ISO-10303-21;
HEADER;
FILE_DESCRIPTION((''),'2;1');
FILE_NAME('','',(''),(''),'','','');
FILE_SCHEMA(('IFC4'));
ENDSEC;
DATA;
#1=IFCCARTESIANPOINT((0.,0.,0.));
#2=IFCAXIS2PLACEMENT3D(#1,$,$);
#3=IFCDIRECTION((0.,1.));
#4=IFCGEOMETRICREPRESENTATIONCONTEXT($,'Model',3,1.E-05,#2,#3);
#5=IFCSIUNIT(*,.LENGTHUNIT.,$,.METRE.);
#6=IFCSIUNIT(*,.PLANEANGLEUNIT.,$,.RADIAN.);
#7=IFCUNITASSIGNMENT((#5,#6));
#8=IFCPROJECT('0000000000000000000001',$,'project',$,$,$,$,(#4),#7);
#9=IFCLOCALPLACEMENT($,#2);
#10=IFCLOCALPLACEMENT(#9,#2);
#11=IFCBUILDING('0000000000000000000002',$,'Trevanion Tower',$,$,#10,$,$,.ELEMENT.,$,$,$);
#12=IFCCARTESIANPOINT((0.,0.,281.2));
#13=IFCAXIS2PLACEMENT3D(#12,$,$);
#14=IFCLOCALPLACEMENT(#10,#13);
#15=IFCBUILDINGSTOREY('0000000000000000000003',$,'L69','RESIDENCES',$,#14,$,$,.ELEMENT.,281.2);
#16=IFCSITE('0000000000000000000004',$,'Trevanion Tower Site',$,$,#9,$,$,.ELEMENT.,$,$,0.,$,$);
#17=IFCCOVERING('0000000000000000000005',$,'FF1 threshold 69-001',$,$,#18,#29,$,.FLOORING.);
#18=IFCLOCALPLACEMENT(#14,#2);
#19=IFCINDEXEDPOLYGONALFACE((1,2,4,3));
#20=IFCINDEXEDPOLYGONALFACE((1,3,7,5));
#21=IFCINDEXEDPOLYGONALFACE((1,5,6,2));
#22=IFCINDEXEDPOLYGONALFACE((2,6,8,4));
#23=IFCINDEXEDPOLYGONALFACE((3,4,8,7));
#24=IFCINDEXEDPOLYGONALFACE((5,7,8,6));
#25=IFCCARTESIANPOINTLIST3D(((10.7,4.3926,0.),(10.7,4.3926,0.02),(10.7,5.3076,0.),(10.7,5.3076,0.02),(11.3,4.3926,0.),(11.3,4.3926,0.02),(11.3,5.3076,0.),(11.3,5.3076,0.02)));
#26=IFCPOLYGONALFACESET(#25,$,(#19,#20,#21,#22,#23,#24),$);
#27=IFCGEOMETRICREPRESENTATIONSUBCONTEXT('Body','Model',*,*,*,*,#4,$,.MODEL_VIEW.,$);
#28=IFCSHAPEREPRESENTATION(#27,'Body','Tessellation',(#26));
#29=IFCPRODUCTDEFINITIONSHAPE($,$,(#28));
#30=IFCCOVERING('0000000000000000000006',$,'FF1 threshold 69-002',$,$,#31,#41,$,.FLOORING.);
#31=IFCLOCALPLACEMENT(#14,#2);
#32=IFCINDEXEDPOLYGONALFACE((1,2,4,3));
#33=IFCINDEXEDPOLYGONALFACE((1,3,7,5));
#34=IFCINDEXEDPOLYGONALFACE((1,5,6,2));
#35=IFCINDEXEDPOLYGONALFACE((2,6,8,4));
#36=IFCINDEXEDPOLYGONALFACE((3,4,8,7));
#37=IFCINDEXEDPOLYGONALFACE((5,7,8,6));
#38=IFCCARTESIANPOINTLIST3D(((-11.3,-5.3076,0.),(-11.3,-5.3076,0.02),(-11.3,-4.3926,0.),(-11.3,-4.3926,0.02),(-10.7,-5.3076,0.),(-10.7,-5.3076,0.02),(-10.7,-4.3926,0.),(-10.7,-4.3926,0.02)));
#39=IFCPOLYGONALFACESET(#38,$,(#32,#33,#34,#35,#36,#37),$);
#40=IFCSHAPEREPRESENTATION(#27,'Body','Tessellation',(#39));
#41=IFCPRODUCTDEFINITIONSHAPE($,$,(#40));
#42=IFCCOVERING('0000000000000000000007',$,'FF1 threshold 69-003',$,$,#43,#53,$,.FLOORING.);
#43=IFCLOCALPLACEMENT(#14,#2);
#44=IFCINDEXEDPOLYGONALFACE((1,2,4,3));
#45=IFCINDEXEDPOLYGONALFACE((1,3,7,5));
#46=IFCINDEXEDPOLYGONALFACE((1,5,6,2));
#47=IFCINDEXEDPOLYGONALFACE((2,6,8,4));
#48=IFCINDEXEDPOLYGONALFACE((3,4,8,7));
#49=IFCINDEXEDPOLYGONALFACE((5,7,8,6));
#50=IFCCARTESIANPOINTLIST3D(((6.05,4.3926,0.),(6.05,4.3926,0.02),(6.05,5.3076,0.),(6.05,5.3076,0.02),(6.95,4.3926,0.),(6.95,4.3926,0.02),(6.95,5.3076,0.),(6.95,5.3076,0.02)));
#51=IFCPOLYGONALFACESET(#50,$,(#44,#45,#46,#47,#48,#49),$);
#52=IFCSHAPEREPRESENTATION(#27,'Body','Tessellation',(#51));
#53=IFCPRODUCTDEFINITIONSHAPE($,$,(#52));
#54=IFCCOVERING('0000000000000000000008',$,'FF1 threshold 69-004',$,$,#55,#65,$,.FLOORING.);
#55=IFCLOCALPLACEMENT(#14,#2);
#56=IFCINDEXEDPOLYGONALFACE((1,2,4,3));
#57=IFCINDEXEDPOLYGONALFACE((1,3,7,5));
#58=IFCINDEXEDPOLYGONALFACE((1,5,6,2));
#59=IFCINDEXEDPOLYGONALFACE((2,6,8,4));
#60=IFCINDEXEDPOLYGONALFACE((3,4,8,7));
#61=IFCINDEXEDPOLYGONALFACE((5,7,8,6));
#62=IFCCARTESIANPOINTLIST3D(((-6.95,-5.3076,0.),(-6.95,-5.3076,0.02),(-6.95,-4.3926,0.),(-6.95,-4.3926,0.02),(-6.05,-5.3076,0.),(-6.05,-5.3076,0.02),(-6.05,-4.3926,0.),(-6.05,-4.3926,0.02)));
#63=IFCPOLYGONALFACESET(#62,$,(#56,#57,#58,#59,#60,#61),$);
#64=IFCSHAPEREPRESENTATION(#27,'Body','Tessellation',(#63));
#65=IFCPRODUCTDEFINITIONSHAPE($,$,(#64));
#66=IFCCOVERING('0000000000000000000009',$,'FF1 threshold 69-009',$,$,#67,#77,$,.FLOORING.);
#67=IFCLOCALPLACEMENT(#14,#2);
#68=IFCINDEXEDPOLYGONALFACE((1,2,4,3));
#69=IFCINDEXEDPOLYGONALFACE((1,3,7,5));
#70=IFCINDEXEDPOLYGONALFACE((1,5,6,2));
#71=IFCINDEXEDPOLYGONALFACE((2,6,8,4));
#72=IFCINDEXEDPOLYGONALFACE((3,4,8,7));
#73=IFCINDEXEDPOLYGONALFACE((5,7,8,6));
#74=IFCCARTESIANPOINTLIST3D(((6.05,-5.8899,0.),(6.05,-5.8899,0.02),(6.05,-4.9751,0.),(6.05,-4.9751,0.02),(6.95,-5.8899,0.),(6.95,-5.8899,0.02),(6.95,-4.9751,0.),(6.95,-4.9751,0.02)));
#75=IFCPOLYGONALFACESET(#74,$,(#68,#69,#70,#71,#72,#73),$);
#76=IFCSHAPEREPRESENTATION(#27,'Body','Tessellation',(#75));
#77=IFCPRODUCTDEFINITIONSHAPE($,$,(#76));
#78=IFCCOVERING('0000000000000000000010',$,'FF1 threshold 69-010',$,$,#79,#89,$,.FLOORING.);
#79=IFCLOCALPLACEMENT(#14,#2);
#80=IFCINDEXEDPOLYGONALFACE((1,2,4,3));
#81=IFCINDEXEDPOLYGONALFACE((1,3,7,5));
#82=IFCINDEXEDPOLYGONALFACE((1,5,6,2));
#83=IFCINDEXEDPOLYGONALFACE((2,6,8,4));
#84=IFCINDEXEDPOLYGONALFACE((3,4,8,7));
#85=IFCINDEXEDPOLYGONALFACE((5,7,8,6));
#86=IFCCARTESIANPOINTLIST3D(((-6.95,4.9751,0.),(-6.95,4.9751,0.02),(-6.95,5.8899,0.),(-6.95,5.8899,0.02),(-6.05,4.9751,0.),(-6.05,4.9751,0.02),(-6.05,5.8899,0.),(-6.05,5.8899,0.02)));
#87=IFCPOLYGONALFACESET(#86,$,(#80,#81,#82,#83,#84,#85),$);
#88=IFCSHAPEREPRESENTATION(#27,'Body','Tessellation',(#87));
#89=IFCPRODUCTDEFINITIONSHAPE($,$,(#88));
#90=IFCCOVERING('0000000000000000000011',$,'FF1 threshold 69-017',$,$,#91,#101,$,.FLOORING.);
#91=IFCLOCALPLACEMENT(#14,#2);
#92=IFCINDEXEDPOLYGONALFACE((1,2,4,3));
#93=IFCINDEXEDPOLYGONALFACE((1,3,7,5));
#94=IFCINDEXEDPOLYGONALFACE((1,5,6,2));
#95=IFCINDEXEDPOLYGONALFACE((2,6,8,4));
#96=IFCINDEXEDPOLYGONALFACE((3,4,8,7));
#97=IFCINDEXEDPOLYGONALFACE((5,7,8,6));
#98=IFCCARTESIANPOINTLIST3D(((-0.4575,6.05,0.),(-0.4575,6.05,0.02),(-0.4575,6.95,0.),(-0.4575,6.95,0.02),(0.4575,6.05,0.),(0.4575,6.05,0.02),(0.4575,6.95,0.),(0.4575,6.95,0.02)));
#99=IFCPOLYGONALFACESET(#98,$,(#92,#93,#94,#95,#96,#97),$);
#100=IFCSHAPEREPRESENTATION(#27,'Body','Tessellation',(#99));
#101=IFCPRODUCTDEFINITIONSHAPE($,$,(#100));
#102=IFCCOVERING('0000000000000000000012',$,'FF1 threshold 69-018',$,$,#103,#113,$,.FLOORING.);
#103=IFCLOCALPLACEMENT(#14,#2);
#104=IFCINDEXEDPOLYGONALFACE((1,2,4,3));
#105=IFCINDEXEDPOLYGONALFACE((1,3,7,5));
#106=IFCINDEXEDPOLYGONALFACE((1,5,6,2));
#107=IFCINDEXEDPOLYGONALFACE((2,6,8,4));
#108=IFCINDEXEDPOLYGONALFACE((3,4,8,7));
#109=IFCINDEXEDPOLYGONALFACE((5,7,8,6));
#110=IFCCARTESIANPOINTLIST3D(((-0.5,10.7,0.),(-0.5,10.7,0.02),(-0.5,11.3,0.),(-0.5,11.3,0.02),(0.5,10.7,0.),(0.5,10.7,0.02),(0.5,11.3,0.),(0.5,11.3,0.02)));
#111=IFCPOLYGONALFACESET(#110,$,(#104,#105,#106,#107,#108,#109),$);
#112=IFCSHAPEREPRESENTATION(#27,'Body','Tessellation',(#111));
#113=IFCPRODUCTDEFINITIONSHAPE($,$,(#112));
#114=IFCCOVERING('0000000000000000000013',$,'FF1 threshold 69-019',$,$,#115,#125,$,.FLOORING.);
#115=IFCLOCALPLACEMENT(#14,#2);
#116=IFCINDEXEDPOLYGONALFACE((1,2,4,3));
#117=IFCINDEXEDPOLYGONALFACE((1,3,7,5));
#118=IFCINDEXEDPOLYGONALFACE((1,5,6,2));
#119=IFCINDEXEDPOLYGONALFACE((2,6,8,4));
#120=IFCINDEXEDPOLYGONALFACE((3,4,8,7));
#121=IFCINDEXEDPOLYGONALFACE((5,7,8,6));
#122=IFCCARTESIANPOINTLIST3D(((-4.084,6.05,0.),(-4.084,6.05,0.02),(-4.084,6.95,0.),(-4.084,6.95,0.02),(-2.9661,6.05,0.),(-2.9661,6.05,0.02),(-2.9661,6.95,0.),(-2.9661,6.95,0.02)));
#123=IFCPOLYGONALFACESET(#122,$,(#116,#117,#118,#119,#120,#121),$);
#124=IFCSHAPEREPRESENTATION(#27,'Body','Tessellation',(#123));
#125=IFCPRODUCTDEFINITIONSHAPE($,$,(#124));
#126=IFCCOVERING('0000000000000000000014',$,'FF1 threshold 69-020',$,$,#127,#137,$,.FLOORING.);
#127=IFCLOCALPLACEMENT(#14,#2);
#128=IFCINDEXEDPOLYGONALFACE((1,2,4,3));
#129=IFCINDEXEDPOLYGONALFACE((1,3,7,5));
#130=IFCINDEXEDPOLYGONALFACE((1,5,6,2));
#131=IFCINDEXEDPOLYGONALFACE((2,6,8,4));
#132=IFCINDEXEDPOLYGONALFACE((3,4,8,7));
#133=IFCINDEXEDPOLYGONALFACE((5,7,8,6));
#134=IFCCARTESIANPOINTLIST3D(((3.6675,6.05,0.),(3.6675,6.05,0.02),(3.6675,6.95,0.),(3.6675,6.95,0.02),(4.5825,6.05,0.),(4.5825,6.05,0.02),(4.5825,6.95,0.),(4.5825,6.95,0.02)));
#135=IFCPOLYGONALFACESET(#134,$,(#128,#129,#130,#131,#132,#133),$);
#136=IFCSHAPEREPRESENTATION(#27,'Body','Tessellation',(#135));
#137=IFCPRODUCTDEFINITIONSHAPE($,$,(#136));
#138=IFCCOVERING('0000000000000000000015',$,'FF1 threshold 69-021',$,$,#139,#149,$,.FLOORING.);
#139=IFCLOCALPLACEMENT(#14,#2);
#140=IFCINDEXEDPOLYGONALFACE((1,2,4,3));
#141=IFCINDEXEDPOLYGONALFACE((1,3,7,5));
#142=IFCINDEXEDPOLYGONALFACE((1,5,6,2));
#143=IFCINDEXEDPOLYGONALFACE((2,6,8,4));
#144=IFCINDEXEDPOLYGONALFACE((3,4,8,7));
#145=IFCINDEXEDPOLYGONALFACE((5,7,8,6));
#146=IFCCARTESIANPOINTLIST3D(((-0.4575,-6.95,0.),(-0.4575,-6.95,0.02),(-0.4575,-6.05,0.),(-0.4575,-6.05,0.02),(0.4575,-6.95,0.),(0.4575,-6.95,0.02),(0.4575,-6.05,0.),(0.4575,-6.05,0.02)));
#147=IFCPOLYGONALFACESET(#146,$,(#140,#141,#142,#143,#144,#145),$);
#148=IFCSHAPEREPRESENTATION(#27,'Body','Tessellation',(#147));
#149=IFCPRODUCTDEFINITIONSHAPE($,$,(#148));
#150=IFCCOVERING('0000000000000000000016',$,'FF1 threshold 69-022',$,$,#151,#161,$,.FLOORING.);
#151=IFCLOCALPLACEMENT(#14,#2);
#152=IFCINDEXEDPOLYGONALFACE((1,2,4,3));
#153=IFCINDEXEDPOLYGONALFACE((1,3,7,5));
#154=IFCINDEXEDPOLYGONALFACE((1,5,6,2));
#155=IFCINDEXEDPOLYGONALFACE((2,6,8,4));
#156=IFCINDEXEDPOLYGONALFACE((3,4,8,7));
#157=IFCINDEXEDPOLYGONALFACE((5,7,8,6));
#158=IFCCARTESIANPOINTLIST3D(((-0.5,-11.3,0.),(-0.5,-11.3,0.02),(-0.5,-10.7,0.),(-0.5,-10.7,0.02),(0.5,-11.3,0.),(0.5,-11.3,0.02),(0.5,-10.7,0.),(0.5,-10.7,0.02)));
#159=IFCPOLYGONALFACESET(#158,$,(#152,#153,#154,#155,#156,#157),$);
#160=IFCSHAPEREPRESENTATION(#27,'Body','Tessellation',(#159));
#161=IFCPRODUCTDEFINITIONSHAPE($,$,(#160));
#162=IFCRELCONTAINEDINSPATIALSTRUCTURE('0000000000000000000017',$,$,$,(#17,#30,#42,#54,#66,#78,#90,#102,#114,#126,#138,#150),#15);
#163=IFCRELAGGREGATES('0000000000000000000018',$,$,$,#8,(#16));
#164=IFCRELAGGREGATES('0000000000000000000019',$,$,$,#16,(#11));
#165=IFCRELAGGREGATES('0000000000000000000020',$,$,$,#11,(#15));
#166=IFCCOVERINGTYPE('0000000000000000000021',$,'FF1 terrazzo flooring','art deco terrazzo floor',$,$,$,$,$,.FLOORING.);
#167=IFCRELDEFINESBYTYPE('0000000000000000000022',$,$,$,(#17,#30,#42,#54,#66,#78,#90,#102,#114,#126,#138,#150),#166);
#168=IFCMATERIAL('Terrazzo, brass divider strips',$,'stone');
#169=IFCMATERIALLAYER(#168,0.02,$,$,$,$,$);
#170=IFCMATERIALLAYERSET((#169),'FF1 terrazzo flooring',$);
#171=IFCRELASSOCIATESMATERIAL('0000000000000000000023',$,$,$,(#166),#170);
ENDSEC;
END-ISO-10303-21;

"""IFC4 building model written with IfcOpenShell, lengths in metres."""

from ifc_helpers import new_model, si_unit, direction, frame, origin, place, context, subcontext, project, spatial, polyline, outline, extrude, material, layer, layer_set, type_object, element, save


model = new_model("IFC4")

# Units and contexts
model_context = context("Model", 3, precision=1e-05, world=origin(), true_north=direction((0.0, 1.0)))
body_context = subcontext(model_context, "Body", "Model", "MODEL_VIEW")
ifc_project = project(units=[si_unit("LENGTHUNIT", "METRE"), si_unit("PLANEANGLEUNIT", "RADIAN")], contexts=[model_context])

# Site, building, storey
site_placement = place(None, origin())
site = spatial("IfcSite", under=ifc_project, at=site_placement, Name="Trevanion Tower Site", CompositionType="ELEMENT", RefElevation=0.0)
building_placement = place(site_placement, origin())
building = spatial("IfcBuilding", under=site, at=building_placement, Name="Trevanion Tower", CompositionType="ELEMENT")
storey_placement = place(building_placement, frame((0.0, 0.0, 281.2)))
storey = spatial("IfcBuildingStorey", under=building, at=storey_placement, Name="L69", Description="RESIDENCES", CompositionType="ELEMENT", Elevation=281.2)

# Coverings
ifc_material_1 = material(Name="Terrazzo, brass divider strips", Category="stone")
ifc_layer_1 = layer(ifc_material_1, 0.02)
ifc_layer_set_1 = layer_set([ifc_layer_1], Name="FF1 terrazzo flooring")
covering_type = type_object("IfcCoveringType", Name="FF1 terrazzo flooring", Description="art deco terrazzo floor", PredefinedType="FLOORING", material=ifc_layer_set_1)
covering_1_placement = place(storey_placement, origin())
element("IfcCovering", 1, at=covering_1_placement, inside=storey, type_object=covering_type, Name="FF1 threshold 69-001", PredefinedType="FLOORING", context=body_context, shape_type="SweptSolid", body=[
    extrude(outline(polyline([(11.3, 4.3926), (11.3, 5.3076), (10.7, 5.3076), (10.7, 4.3926), (11.3, 4.3926)])), origin(), (0.0, 0.0, 1.0), 0.02),
])
covering_2_placement = place(storey_placement, origin())
element("IfcCovering", 2, at=covering_2_placement, inside=storey, type_object=covering_type, Name="FF1 threshold 69-002", PredefinedType="FLOORING", context=body_context, shape_type="SweptSolid", body=[
    extrude(outline(polyline([(-11.3, -4.3926), (-11.3, -5.3076), (-10.7, -5.3076), (-10.7, -4.3926), (-11.3, -4.3926)])), origin(), (0.0, 0.0, 1.0), 0.02),
])
covering_3_placement = place(storey_placement, origin())
element("IfcCovering", 3, at=covering_3_placement, inside=storey, type_object=covering_type, Name="FF1 threshold 69-003", PredefinedType="FLOORING", context=body_context, shape_type="SweptSolid", body=[
    extrude(outline(polyline([(6.95, 4.3926), (6.95, 5.3076), (6.05, 5.3076), (6.05, 4.3926), (6.95, 4.3926)])), origin(), (0.0, 0.0, 1.0), 0.02),
])
covering_4_placement = place(storey_placement, origin())
element("IfcCovering", 4, at=covering_4_placement, inside=storey, type_object=covering_type, Name="FF1 threshold 69-004", PredefinedType="FLOORING", context=body_context, shape_type="SweptSolid", body=[
    extrude(outline(polyline([(-6.95, -4.3926), (-6.95, -5.3076), (-6.05, -5.3076), (-6.05, -4.3926), (-6.95, -4.3926)])), origin(), (0.0, 0.0, 1.0), 0.02),
])
covering_5_placement = place(storey_placement, origin())
element("IfcCovering", 5, at=covering_5_placement, inside=storey, type_object=covering_type, Name="FF1 threshold 69-009", PredefinedType="FLOORING", context=body_context, shape_type="SweptSolid", body=[
    extrude(outline(polyline([(6.95, -5.8899), (6.95, -4.9751), (6.05, -4.9751), (6.05, -5.8899), (6.95, -5.8899)])), origin(), (0.0, 0.0, 1.0), 0.02),
])
covering_6_placement = place(storey_placement, origin())
element("IfcCovering", 6, at=covering_6_placement, inside=storey, type_object=covering_type, Name="FF1 threshold 69-010", PredefinedType="FLOORING", context=body_context, shape_type="SweptSolid", body=[
    extrude(outline(polyline([(-6.95, 5.8899), (-6.95, 4.9751), (-6.05, 4.9751), (-6.05, 5.8899), (-6.95, 5.8899)])), origin(), (0.0, 0.0, 1.0), 0.02),
])
covering_7_placement = place(storey_placement, origin())
element("IfcCovering", 7, at=covering_7_placement, inside=storey, type_object=covering_type, Name="FF1 threshold 69-017", PredefinedType="FLOORING", context=body_context, shape_type="SweptSolid", body=[
    extrude(outline(polyline([(0.4575, 6.95), (-0.4575, 6.95), (-0.4575, 6.05), (0.4575, 6.05), (0.4575, 6.95)])), origin(), (0.0, 0.0, 1.0), 0.02),
])
covering_8_placement = place(storey_placement, origin())
element("IfcCovering", 8, at=covering_8_placement, inside=storey, type_object=covering_type, Name="FF1 threshold 69-018", PredefinedType="FLOORING", context=body_context, shape_type="SweptSolid", body=[
    extrude(outline(polyline([(0.5, 11.3), (-0.5, 11.3), (-0.5, 10.7), (0.5, 10.7), (0.5, 11.3)])), origin(), (0.0, 0.0, 1.0), 0.02),
])
covering_9_placement = place(storey_placement, origin())
element("IfcCovering", 9, at=covering_9_placement, inside=storey, type_object=covering_type, Name="FF1 threshold 69-019", PredefinedType="FLOORING", context=body_context, shape_type="SweptSolid", body=[
    extrude(outline(polyline([(-2.9661, 6.95), (-4.084, 6.95), (-4.084, 6.05), (-2.9661, 6.05), (-2.9661, 6.95)])), origin(), (0.0, 0.0, 1.0), 0.02),
])
covering_10_placement = place(storey_placement, origin())
element("IfcCovering", 10, at=covering_10_placement, inside=storey, type_object=covering_type, Name="FF1 threshold 69-020", PredefinedType="FLOORING", context=body_context, shape_type="SweptSolid", body=[
    extrude(outline(polyline([(4.5825, 6.95), (3.6675, 6.95), (3.6675, 6.05), (4.5825, 6.05), (4.5825, 6.95)])), origin(), (0.0, 0.0, 1.0), 0.02),
])
covering_11_placement = place(storey_placement, origin())
element("IfcCovering", 11, at=covering_11_placement, inside=storey, type_object=covering_type, Name="FF1 threshold 69-021", PredefinedType="FLOORING", context=body_context, shape_type="SweptSolid", body=[
    extrude(outline(polyline([(-0.4575, -6.95), (0.4575, -6.95), (0.4575, -6.05), (-0.4575, -6.05), (-0.4575, -6.95)])), origin(), (0.0, 0.0, 1.0), 0.02),
])
covering_12_placement = place(storey_placement, origin())
element("IfcCovering", 12, at=covering_12_placement, inside=storey, type_object=covering_type, Name="FF1 threshold 69-022", PredefinedType="FLOORING", context=body_context, shape_type="SweptSolid", body=[
    extrude(outline(polyline([(-0.5, -11.3), (0.5, -11.3), (0.5, -10.7), (-0.5, -10.7), (-0.5, -11.3)])), origin(), (0.0, 0.0, 1.0), 0.02),
])

save(model, "model.ifc")
